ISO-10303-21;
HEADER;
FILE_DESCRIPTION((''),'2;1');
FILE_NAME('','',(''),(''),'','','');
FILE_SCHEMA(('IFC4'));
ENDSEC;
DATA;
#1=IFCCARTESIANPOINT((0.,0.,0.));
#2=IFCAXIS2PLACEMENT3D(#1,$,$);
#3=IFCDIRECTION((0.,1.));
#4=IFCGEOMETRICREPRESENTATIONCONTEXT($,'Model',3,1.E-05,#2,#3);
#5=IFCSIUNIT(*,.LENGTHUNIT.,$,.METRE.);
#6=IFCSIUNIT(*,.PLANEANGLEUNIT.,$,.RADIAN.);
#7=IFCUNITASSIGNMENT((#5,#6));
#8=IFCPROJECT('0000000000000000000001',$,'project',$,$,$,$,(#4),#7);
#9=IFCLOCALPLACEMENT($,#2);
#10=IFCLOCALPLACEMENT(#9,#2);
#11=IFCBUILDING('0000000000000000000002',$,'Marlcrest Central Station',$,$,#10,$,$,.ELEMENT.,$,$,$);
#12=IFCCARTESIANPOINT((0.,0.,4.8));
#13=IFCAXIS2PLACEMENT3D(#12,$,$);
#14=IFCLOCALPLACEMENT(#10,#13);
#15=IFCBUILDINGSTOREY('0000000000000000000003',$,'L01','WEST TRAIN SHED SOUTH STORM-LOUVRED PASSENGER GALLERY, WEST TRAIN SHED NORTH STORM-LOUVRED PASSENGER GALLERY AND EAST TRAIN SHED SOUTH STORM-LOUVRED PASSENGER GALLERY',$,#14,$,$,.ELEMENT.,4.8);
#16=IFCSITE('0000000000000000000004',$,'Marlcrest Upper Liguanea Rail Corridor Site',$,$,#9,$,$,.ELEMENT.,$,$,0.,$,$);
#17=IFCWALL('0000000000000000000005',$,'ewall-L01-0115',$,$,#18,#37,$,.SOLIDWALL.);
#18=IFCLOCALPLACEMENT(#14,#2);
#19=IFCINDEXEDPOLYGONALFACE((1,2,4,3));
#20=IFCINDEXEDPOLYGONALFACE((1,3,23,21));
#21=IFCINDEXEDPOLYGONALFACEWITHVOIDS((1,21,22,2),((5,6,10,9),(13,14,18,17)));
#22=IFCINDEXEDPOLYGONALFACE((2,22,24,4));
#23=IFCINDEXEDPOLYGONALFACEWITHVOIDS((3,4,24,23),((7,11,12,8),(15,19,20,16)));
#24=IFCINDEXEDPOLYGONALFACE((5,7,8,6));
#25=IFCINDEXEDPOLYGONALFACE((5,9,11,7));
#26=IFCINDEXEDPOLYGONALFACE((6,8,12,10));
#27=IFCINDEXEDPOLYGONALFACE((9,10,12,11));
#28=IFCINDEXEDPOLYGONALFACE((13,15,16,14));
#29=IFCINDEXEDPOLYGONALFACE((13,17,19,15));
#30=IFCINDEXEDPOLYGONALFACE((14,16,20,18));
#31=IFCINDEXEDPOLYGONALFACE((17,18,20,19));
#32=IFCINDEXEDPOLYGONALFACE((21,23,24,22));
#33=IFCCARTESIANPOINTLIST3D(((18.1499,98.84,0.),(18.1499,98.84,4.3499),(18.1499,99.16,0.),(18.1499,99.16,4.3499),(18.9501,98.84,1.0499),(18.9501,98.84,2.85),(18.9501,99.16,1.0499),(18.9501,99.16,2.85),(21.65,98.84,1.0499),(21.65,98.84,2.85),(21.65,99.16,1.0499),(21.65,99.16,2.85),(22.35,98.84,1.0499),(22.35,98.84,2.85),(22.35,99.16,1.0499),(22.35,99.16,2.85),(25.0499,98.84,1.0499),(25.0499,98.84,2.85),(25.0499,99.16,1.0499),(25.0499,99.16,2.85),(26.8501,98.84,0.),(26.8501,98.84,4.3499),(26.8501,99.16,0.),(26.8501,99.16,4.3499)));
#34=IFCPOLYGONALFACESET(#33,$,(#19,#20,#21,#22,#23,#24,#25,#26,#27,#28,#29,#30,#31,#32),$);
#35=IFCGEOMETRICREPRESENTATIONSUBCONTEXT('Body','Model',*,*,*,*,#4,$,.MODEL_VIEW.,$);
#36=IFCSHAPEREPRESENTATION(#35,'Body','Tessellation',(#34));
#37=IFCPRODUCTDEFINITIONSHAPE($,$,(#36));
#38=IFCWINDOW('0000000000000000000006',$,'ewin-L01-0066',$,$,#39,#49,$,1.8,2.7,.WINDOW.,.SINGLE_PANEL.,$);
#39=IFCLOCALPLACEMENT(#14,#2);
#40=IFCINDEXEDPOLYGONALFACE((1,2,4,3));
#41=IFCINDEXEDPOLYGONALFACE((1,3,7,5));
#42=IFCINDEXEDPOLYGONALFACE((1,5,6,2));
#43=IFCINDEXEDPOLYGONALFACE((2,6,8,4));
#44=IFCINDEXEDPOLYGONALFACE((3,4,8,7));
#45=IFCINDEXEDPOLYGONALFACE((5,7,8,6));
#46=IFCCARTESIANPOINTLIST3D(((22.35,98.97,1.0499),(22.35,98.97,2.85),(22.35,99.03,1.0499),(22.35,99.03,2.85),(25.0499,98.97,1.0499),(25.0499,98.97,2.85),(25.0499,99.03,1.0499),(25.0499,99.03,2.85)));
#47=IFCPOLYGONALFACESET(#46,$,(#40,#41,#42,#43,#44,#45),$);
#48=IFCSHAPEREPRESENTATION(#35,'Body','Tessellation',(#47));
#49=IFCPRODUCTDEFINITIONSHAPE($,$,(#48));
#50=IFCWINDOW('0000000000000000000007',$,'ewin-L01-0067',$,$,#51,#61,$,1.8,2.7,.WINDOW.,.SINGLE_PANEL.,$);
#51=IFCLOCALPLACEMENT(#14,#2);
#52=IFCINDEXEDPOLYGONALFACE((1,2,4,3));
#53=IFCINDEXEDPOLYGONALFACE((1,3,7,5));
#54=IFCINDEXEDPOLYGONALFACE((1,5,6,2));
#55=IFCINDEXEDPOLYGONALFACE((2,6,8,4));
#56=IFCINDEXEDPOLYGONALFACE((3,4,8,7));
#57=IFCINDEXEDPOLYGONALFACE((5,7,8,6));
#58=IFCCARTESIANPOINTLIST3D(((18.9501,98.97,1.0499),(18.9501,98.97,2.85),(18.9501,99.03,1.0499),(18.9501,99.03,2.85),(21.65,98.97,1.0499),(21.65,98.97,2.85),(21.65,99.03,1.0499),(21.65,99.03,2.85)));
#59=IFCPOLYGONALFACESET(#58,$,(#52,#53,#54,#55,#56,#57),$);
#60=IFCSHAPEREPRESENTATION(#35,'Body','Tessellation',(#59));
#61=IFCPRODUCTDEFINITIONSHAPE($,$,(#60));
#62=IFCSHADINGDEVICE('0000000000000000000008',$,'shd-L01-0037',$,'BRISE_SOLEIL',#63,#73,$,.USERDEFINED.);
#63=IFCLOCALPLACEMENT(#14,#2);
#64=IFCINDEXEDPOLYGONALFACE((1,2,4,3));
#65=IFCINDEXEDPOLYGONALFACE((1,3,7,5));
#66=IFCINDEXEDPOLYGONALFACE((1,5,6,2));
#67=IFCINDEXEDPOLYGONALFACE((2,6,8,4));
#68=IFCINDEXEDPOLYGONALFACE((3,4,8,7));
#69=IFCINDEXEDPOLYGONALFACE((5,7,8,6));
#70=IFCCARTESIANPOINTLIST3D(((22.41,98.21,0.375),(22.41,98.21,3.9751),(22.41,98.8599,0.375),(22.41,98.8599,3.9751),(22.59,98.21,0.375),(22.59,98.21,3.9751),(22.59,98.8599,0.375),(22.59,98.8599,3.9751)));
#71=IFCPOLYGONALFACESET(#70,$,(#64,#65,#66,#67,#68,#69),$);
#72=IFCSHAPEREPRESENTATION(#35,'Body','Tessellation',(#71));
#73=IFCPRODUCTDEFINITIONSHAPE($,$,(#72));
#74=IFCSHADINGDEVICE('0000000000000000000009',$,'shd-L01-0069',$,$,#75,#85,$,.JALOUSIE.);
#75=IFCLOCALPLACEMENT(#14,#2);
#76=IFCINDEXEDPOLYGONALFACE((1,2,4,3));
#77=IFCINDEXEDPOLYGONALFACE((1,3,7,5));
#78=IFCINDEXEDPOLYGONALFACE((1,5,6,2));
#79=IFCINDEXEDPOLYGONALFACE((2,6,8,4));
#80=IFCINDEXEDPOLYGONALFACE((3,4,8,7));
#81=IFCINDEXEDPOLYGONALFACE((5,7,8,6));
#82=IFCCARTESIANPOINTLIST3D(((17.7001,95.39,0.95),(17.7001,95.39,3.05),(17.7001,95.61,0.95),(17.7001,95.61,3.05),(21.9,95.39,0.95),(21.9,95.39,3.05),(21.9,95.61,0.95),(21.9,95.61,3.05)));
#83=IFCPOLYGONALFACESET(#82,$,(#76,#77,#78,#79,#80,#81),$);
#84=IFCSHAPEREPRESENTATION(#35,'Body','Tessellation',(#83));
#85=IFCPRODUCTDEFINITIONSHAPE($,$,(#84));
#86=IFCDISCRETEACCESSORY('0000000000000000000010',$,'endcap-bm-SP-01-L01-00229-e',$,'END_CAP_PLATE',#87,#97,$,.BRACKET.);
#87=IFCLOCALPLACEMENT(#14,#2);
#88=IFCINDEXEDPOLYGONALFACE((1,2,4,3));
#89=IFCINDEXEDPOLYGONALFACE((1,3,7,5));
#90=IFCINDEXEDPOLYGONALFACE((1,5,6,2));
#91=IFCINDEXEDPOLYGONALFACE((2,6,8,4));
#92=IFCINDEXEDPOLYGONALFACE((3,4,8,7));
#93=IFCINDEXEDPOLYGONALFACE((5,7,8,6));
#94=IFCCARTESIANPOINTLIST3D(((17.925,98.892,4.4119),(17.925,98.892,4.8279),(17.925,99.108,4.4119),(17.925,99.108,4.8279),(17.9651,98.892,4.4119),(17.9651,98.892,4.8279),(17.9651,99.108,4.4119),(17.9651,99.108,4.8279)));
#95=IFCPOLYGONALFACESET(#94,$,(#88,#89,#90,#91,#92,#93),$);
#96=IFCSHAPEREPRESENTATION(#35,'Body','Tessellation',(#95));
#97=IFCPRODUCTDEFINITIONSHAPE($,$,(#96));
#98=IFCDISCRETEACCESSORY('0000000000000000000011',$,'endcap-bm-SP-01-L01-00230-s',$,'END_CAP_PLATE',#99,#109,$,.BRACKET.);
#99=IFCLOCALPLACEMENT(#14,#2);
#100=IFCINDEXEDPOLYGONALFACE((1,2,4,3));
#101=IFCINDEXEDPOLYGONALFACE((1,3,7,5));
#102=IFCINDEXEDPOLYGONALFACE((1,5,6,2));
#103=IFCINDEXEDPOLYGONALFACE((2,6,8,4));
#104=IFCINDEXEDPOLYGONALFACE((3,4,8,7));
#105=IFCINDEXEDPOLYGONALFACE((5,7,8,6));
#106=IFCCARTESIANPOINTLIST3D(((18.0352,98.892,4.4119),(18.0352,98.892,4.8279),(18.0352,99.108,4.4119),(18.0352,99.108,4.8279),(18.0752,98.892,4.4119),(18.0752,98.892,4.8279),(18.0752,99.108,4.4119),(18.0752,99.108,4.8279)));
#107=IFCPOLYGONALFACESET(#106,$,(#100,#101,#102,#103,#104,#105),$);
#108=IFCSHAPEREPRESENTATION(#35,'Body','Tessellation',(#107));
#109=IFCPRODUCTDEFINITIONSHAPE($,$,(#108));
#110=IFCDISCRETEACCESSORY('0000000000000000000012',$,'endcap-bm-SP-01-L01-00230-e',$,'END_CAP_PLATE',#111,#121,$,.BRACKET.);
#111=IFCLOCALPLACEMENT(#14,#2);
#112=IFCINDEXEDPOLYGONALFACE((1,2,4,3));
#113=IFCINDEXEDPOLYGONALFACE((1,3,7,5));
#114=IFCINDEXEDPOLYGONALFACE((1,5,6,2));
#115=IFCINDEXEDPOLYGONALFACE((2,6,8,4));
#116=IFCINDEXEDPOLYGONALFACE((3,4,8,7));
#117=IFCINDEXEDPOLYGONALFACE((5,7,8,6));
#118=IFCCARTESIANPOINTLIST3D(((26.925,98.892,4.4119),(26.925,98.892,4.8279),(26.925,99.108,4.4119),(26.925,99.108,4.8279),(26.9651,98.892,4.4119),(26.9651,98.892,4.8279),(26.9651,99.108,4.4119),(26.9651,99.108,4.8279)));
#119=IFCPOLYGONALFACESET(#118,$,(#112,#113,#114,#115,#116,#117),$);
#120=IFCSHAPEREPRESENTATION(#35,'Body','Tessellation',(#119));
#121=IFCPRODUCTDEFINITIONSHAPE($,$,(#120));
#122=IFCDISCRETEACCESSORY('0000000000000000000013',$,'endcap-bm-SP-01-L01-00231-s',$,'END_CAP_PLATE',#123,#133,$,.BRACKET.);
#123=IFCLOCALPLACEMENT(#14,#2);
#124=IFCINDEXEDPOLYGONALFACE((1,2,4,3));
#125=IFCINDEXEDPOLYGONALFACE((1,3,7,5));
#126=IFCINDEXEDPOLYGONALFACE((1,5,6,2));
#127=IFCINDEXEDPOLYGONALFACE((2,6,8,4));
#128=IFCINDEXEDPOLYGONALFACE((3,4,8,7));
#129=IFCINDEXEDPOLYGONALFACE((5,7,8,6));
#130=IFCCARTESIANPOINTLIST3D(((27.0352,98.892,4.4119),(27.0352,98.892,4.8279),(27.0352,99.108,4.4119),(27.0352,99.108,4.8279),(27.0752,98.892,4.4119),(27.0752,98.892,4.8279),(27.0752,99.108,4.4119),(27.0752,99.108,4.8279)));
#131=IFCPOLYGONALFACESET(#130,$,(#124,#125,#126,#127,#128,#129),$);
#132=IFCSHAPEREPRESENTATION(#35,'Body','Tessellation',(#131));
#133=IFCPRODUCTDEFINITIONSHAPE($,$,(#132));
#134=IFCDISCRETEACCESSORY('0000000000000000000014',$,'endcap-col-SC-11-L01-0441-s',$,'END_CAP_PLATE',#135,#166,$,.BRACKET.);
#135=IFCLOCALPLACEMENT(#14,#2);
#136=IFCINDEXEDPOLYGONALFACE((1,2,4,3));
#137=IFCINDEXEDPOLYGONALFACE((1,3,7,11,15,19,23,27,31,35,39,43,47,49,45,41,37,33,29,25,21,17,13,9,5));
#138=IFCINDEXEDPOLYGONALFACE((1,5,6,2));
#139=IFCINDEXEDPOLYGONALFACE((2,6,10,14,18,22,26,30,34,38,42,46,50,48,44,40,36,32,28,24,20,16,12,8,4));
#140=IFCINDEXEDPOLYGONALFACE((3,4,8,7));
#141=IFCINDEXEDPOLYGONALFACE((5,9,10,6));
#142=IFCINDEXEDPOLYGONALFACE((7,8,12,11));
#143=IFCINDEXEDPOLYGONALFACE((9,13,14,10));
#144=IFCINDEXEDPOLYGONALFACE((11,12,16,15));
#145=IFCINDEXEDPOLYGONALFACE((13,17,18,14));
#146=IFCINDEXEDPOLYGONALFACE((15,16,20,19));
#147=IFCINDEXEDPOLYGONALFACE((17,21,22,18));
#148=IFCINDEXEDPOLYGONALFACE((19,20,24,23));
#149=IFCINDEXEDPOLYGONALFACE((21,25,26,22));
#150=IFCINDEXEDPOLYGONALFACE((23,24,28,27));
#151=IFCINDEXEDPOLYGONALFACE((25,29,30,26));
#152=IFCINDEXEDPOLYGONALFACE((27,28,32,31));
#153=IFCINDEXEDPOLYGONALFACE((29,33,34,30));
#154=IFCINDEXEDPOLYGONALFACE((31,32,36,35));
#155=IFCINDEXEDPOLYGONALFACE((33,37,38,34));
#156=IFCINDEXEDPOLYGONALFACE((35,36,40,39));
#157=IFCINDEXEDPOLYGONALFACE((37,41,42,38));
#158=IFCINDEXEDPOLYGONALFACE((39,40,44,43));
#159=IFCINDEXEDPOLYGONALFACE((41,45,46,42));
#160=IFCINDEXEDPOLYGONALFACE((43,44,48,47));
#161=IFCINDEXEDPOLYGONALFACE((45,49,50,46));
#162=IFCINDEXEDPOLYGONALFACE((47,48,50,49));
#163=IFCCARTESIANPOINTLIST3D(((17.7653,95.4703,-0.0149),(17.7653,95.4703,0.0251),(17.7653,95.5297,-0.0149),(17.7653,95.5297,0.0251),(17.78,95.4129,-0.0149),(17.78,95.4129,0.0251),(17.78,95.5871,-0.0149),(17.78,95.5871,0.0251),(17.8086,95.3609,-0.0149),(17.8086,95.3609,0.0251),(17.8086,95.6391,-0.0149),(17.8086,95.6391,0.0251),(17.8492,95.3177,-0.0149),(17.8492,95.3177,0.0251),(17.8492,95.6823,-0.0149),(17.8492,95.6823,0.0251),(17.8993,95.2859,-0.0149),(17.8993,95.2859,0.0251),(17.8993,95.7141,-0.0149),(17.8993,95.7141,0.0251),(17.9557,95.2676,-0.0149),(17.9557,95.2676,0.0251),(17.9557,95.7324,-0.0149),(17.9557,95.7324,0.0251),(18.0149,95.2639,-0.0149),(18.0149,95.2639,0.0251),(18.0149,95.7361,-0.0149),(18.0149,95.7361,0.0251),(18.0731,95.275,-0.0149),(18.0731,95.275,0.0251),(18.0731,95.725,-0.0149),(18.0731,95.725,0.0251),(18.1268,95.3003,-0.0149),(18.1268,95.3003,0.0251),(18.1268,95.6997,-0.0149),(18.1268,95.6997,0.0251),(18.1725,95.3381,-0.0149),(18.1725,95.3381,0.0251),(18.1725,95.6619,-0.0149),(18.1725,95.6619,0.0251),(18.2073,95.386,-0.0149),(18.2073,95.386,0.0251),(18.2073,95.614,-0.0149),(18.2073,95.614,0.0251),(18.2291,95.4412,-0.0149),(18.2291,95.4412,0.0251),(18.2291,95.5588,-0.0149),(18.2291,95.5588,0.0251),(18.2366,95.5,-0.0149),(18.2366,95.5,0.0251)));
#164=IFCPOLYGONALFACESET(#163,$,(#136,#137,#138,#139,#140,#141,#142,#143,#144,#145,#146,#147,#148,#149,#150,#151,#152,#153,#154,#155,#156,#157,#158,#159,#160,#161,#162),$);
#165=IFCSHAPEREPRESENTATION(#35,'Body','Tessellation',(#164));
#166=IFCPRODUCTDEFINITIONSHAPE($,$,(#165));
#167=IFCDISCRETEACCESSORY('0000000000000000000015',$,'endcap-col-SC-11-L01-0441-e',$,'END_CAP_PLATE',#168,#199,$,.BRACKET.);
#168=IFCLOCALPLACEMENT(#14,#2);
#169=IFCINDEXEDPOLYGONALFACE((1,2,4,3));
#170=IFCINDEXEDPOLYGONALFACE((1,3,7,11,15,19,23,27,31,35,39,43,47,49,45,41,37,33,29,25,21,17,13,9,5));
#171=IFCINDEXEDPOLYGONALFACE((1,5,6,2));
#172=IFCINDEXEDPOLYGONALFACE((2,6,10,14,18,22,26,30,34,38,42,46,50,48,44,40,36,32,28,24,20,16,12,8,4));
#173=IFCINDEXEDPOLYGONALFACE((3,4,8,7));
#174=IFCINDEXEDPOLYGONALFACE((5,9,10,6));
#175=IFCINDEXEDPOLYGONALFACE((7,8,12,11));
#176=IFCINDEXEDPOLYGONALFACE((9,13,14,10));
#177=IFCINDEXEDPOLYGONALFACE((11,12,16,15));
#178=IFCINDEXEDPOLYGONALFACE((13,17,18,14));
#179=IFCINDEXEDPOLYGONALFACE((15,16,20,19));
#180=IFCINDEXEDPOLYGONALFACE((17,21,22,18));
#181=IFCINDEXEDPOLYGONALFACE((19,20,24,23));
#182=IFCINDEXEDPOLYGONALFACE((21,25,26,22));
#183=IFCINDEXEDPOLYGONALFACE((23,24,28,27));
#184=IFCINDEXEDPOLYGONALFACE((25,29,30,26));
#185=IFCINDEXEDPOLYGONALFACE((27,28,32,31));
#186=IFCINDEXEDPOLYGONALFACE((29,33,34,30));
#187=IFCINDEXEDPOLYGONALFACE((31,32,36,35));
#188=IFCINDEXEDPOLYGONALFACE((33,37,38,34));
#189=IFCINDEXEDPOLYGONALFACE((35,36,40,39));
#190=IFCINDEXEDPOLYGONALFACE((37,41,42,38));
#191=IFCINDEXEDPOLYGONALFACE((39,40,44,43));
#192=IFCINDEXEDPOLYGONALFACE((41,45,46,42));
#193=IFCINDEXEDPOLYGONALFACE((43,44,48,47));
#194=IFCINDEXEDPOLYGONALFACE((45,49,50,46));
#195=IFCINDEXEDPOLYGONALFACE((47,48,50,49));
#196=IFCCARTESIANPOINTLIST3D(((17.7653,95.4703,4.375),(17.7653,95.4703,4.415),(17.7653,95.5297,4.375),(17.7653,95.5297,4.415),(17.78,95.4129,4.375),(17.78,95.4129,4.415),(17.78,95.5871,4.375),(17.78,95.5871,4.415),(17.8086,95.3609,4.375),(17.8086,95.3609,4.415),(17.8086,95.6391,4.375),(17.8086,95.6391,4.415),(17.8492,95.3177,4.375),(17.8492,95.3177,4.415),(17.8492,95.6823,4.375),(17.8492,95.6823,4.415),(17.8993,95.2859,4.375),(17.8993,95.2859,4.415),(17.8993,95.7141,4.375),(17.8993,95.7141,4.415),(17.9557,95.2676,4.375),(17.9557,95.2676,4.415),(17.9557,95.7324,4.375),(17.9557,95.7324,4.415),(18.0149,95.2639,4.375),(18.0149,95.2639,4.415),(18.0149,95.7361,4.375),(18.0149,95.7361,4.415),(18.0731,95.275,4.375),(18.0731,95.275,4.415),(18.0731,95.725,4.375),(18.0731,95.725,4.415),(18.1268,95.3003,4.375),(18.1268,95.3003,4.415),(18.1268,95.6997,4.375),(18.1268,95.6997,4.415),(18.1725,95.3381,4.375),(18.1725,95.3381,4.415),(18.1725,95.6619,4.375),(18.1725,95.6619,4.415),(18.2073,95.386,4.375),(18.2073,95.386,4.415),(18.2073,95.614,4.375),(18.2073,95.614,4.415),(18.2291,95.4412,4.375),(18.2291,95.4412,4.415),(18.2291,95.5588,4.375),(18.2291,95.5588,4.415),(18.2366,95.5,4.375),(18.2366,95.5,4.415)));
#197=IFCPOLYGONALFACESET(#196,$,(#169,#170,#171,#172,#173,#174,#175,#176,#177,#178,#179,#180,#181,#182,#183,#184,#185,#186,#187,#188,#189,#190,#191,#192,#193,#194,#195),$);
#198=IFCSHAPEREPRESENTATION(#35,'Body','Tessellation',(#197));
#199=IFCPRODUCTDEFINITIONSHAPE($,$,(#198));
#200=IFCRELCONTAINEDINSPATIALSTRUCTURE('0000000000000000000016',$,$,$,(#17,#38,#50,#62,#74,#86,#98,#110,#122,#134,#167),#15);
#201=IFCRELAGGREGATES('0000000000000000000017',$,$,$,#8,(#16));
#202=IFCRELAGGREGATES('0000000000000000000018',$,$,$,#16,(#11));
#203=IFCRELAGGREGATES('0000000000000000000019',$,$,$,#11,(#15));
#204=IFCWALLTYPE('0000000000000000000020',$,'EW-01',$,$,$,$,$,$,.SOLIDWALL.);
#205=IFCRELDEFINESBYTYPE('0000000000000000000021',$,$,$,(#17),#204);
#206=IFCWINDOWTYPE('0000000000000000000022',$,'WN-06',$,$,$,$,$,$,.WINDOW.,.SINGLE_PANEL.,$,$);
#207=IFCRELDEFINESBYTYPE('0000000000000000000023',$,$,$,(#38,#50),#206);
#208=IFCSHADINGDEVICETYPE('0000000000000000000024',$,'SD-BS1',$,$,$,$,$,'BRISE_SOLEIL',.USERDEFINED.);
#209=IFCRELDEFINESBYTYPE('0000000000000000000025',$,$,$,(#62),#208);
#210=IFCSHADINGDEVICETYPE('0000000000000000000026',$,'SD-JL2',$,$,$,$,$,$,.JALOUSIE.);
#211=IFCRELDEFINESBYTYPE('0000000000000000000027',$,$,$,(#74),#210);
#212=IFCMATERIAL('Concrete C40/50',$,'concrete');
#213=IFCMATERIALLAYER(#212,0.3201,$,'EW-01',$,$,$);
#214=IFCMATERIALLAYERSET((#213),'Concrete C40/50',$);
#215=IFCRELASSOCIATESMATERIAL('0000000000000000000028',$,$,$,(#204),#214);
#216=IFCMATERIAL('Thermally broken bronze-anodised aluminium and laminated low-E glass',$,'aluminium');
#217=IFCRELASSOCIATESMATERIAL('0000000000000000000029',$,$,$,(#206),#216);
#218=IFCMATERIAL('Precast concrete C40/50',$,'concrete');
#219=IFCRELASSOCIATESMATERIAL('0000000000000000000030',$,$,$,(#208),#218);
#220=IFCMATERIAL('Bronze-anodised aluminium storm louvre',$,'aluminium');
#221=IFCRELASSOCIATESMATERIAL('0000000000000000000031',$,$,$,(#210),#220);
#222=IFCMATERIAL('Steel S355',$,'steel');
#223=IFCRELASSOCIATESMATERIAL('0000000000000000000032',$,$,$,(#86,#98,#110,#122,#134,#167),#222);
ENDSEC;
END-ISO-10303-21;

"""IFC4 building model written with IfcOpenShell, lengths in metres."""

from ifc_helpers import new_model, si_unit, direction, frame, frame_2d, origin, origin_2d, place, context, subcontext, project, spatial, rectangle, circle, extrude, material, layer, layer_set, type_object, element, fill, save


model = new_model("IFC4")

# Units and contexts
model_context = context("Model", 3, precision=1e-05, world=origin(), true_north=direction((0.0, 1.0)))
body_context = subcontext(model_context, "Body", "Model", "MODEL_VIEW")
ifc_project = project(units=[si_unit("LENGTHUNIT", "METRE"), si_unit("PLANEANGLEUNIT", "RADIAN")], contexts=[model_context])

# Site, building, storey
site_placement = place(None, origin())
site = spatial("IfcSite", under=ifc_project, at=site_placement, Name="Marlcrest Upper Liguanea Rail Corridor Site", CompositionType="ELEMENT", RefElevation=0.0)
building_placement = place(site_placement, origin())
building = spatial("IfcBuilding", under=site, at=building_placement, Name="Marlcrest Central Station", CompositionType="ELEMENT")
storey_placement = place(building_placement, frame((0.0, 0.0, 4.8)))
storey = spatial("IfcBuildingStorey", under=building, at=storey_placement, Name="L01", Description="WEST TRAIN SHED SOUTH STORM-LOUVRED PASSENGER GALLERY, WEST TRAIN SHED NORTH STORM-LOUVRED PASSENGER GALLERY AND EAST TRAIN SHED SOUTH STORM-LOUVRED PASSENGER GALLERY", CompositionType="ELEMENT", Elevation=4.8)

# Shared definitions
ifc_material_1 = material(Name="Steel S355", Category="steel")

# Wall, openings, windows
ifc_material_2 = material(Name="Concrete C40/50", Category="concrete")
ifc_layer = layer(ifc_material_2, 0.3201, Name="EW-01")
ifc_layer_set = layer_set([ifc_layer], Name="Concrete C40/50")
wall_type = type_object("IfcWallType", Name="EW-01", PredefinedType="SOLIDWALL", material=ifc_layer_set)
ifc_material_3 = material(Name="Thermally broken bronze-anodised aluminium and laminated low-E glass", Category="aluminium")
window_type = type_object("IfcWindowType", Name="WN-06", PartitioningType="SINGLE_PANEL", PredefinedType="WINDOW", material=ifc_material_3)
wall_1_placement = place(storey_placement, frame((26.8501, 99.0, 0.0), z_axis=(0.0, 0.0, 1.0), x_axis=(-1.0, 0.0, 0.0)))
wall_1 = element("IfcWall", 1, at=wall_1_placement, inside=storey, type_object=wall_type, Name="ewall-L01-0115", PredefinedType="SOLIDWALL", context=body_context, shape_type="SweptSolid", body=[
    extrude(rectangle(XDim=8.7002, YDim=0.3201, at=frame_2d((4.3501, 0.0))), origin(), (0.0, 0.0, 1.0), 4.3499),
])
opening_1_placement = place(wall_1_placement, frame((1.8, 0.0, 1.05)))
opening_1 = element("IfcOpeningElement", 2, at=opening_1_placement, cuts=wall_1, PredefinedType="OPENING", context=body_context, shape_type="SweptSolid", body=[
    extrude(rectangle(XDim=2.7, YDim=1.8, at=frame_2d((1.3501, 0.8999))), frame((0.0, 0.1699, 0.0), z_axis=(0.0, -1.0, 0.0), x_axis=(1.0, 0.0, 0.0)), (0.0, 0.0, 1.0), 0.3401),
])
opening_2_placement = place(wall_1_placement, frame((5.2, 0.0, 1.05)))
opening_2 = element("IfcOpeningElement", 3, at=opening_2_placement, cuts=wall_1, PredefinedType="OPENING", context=body_context, shape_type="SweptSolid", body=[
    extrude(rectangle(XDim=2.7, YDim=1.8, at=frame_2d((1.3501, 0.8999))), frame((0.0, 0.1699, 0.0), z_axis=(0.0, -1.0, 0.0), x_axis=(1.0, 0.0, 0.0)), (0.0, 0.0, 1.0), 0.3401),
])
window_1_placement = place(opening_1_placement, origin())
window_1 = element("IfcWindow", 4, at=window_1_placement, inside=storey, type_object=window_type, Name="ewin-L01-0066", OverallHeight=1.8, OverallWidth=2.7, PartitioningType="SINGLE_PANEL", PredefinedType="WINDOW", context=body_context, shape_type="SweptSolid", body=[
    extrude(rectangle(XDim=2.7, YDim=1.8, at=frame_2d((1.3501, 0.8999))), frame((0.0, 0.03, 0.0), z_axis=(0.0, -1.0, 0.0), x_axis=(1.0, 0.0, 0.0)), (0.0, 0.0, 1.0), 0.0601),
])
fill(opening_1, window_1)
window_2_placement = place(opening_2_placement, origin())
window_2 = element("IfcWindow", 5, at=window_2_placement, inside=storey, type_object=window_type, Name="ewin-L01-0067", OverallHeight=1.8, OverallWidth=2.7, PartitioningType="SINGLE_PANEL", PredefinedType="WINDOW", context=body_context, shape_type="SweptSolid", body=[
    extrude(rectangle(XDim=2.7, YDim=1.8, at=frame_2d((1.3501, 0.8999))), frame((0.0, 0.03, 0.0), z_axis=(0.0, -1.0, 0.0), x_axis=(1.0, 0.0, 0.0)), (0.0, 0.0, 1.0), 0.0601),
])
fill(opening_2, window_2)

# Shading devices
ifc_material_4 = material(Name="Precast concrete C40/50", Category="concrete")
shading_device_type_1 = type_object("IfcShadingDeviceType", Name="SD-BS1", ElementType="BRISE_SOLEIL", PredefinedType="USERDEFINED", material=ifc_material_4)
shading_device_1_placement = place(storey_placement, frame((22.5, 98.5349, 0.375), z_axis=(0.0, 0.0, 1.0), x_axis=(1.0, 0.0, 0.0)))
element("IfcShadingDevice", 6, at=shading_device_1_placement, inside=storey, type_object=shading_device_type_1, Name="shd-L01-0037", ObjectType="BRISE_SOLEIL", PredefinedType="USERDEFINED", context=body_context, shape_type="SweptSolid", body=[
    extrude(rectangle(XDim=0.1799, YDim=0.6499, at=origin_2d()), origin(), (0.0, 0.0, 1.0), 3.6001),
])
ifc_material_5 = material(Name="Bronze-anodised aluminium storm louvre", Category="aluminium")
shading_device_type_2 = type_object("IfcShadingDeviceType", Name="SD-JL2", PredefinedType="JALOUSIE", material=ifc_material_5)
shading_device_2_placement = place(storey_placement, frame((19.8, 95.5, 0.95), z_axis=(0.0, 0.0, 1.0), x_axis=(1.0, 0.0, 0.0)))
element("IfcShadingDevice", 7, at=shading_device_2_placement, inside=storey, type_object=shading_device_type_2, Name="shd-L01-0069", PredefinedType="JALOUSIE", context=body_context, shape_type="SweptSolid", body=[
    extrude(rectangle(XDim=4.2, YDim=0.22, at=origin_2d()), origin(), (0.0, 0.0, 1.0), 2.1001),
])

# Discrete accessories
for number, where, z_axis, x_axis, name in (
    (8, (17.925, 99.0, 4.6199), (1.0, 0.0, 0.0), (0.0, 1.0, 0.0), "endcap-bm-SP-01-L01-00229-e"),
    (9, (18.0352, 99.0, 4.6199), (1.0, 0.0, 0.0), (0.0, 1.0, 0.0), "endcap-bm-SP-01-L01-00230-s"),
    (10, (26.925, 99.0, 4.6199), (1.0, 0.0, 0.0), (0.0, 1.0, 0.0), "endcap-bm-SP-01-L01-00230-e"),
    (11, (27.0352, 99.0, 4.6199), (1.0, 0.0, 0.0), (0.0, 1.0, 0.0), "endcap-bm-SP-01-L01-00231-s"),
):
    element("IfcDiscreteAccessory", number, at=place(storey_placement, frame(where, z_axis=z_axis, x_axis=x_axis)), inside=storey, material=ifc_material_1, Name=name, ObjectType="END_CAP_PLATE", PredefinedType="BRACKET", context=body_context, shape_type="SweptSolid", body=[
        extrude(rectangle(XDim=0.2161, YDim=0.416, at=origin_2d()), origin(), (0.0, 0.0, 1.0), 0.04),
    ])
for number, where, z_axis, x_axis, name in (
    (12, (18.0, 95.5, -0.0149), (0.0, 0.0, 1.0), (1.0, 0.0, 0.0), "endcap-col-SC-11-L01-0441-s"),
    (13, (18.0, 95.5, 4.375), (0.0, 0.0, 1.0), (1.0, 0.0, 0.0), "endcap-col-SC-11-L01-0441-e"),
):
    element("IfcDiscreteAccessory", number, at=place(storey_placement, frame(where, z_axis=z_axis, x_axis=x_axis)), inside=storey, material=ifc_material_1, Name=name, ObjectType="END_CAP_PLATE", PredefinedType="BRACKET", context=body_context, shape_type="SweptSolid", body=[
        extrude(circle(Radius=0.2366, at=origin_2d()), origin(), (0.0, 0.0, 1.0), 0.04),
    ])

save(model, "model.ifc")
